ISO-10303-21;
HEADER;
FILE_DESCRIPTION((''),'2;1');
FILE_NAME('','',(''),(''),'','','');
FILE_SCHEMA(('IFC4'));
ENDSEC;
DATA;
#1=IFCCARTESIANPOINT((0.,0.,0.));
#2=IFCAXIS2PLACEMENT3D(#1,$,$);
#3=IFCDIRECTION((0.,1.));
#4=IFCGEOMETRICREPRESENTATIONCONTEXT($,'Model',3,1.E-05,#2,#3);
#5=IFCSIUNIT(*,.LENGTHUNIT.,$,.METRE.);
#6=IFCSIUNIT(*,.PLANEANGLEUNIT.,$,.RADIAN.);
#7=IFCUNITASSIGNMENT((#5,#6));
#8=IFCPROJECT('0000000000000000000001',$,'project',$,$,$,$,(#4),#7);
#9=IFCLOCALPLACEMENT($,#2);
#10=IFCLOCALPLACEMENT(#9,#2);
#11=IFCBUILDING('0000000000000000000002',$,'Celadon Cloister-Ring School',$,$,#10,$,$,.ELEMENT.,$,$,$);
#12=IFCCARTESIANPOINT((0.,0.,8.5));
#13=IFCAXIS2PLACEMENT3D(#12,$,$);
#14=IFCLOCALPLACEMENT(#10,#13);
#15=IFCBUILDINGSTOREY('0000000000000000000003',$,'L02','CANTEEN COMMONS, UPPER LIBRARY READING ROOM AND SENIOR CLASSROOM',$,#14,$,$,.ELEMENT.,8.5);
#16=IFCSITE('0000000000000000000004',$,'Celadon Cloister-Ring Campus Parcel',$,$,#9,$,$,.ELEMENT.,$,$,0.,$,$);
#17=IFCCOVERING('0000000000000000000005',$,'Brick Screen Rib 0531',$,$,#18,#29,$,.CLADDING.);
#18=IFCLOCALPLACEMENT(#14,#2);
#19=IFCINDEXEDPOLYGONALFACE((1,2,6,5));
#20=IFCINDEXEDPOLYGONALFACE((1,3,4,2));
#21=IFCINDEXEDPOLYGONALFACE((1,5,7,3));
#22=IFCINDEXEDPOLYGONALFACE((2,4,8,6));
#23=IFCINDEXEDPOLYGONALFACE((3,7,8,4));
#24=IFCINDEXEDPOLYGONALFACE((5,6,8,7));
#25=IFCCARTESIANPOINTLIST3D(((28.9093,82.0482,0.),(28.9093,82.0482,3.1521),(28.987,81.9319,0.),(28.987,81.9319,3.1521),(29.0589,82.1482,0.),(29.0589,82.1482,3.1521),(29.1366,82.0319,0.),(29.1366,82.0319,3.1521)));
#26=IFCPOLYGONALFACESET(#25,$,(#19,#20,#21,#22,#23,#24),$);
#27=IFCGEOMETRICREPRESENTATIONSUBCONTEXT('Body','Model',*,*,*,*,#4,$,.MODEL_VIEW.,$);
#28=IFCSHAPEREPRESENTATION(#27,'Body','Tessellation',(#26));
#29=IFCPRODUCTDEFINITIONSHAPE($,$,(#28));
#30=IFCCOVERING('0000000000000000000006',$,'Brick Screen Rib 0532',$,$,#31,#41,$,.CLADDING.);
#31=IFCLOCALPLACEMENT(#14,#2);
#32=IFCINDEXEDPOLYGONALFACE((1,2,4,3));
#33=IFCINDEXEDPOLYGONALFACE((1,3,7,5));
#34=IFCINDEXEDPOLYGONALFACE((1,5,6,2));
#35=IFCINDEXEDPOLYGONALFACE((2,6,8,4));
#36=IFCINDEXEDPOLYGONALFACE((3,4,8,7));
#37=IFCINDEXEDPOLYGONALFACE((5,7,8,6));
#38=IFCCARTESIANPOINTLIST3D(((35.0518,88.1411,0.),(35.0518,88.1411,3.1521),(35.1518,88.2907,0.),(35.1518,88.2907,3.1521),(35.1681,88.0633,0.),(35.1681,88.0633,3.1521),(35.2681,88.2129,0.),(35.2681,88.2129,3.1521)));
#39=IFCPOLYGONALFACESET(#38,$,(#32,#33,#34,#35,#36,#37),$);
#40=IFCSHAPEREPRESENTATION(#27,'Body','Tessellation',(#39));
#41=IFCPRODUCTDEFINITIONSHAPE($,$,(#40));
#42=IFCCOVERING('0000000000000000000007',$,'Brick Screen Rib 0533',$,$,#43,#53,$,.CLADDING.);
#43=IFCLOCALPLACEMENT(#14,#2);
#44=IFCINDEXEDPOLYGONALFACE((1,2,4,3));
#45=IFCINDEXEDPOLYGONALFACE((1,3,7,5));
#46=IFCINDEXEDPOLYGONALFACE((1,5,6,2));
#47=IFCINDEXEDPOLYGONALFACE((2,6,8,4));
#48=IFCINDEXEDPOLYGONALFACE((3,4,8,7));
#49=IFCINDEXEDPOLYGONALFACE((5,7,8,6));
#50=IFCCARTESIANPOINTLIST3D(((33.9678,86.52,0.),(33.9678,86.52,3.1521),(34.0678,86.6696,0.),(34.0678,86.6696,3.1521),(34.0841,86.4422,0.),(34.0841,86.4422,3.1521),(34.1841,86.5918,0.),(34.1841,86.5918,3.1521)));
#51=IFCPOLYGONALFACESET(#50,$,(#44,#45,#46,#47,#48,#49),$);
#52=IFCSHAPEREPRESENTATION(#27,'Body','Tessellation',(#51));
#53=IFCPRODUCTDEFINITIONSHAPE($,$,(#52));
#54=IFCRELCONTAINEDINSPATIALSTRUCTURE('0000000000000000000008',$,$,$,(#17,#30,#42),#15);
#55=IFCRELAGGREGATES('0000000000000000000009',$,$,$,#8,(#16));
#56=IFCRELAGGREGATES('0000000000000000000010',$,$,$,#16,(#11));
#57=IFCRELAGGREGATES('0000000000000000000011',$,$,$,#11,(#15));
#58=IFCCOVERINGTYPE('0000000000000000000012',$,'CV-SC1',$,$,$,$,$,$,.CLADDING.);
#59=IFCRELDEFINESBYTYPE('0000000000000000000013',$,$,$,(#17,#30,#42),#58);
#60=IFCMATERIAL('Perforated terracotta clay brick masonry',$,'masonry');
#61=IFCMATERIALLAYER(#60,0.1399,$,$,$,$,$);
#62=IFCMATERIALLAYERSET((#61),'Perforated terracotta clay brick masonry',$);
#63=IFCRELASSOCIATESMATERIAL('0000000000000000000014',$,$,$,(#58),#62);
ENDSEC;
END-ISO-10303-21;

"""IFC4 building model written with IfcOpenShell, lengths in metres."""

from ifc_helpers import new_model, si_unit, direction, frame, origin, origin_2d, place, context, subcontext, project, spatial, rectangle, extrude, material, layer, layer_set, type_object, element, save


model = new_model("IFC4")

# Units and contexts
model_context = context("Model", 3, precision=1e-05, world=origin(), true_north=direction((0.0, 1.0)))
body_context = subcontext(model_context, "Body", "Model", "MODEL_VIEW")
ifc_project = project(units=[si_unit("LENGTHUNIT", "METRE"), si_unit("PLANEANGLEUNIT", "RADIAN")], contexts=[model_context])

# Site, building, storey
site_placement = place(None, origin())
site = spatial("IfcSite", under=ifc_project, at=site_placement, Name="Celadon Cloister-Ring Campus Parcel", CompositionType="ELEMENT", RefElevation=0.0)
building_placement = place(site_placement, origin())
building = spatial("IfcBuilding", under=site, at=building_placement, Name="Celadon Cloister-Ring School", CompositionType="ELEMENT")
storey_placement = place(building_placement, frame((0.0, 0.0, 8.5)))
storey = spatial("IfcBuildingStorey", under=building, at=storey_placement, Name="L02", Description="CANTEEN COMMONS, UPPER LIBRARY READING ROOM AND SENIOR CLASSROOM", CompositionType="ELEMENT", Elevation=8.5)

# Coverings
ifc_material_1 = material(Name="Perforated terracotta clay brick masonry", Category="masonry")
ifc_layer_1 = layer(ifc_material_1, 0.1399)
ifc_layer_set_1 = layer_set([ifc_layer_1], Name="Perforated terracotta clay brick masonry")
covering_type = type_object("IfcCoveringType", Name="CV-SC1", PredefinedType="CLADDING", material=ifc_layer_set_1)
for number, where, z_axis, x_axis, name in (
    (1, (29.0229, 82.04, 0.0), (0.0, 0.0, 1.0), (-0.831402, -0.555672, 0.0), "Brick Screen Rib 0531"),
    (2, (35.1599, 88.177, 0.0), (0.0, 0.0, 1.0), (-0.555672, -0.831402, 0.0), "Brick Screen Rib 0532"),
    (3, (34.0759, 86.5559, 0.0), (0.0, 0.0, 1.0), (-0.555672, -0.831402, 0.0), "Brick Screen Rib 0533"),
):
    element("IfcCovering", number, at=place(storey_placement, frame(where, z_axis=z_axis, x_axis=x_axis)), inside=storey, type_object=covering_type, Name=name, PredefinedType="CLADDING", context=body_context, shape_type="SweptSolid", body=[
        extrude(rectangle(XDim=0.1799, YDim=0.1399, at=origin_2d()), origin(), (0.0, 0.0, 1.0), 3.1521),
    ])

save(model, "model.ifc")
